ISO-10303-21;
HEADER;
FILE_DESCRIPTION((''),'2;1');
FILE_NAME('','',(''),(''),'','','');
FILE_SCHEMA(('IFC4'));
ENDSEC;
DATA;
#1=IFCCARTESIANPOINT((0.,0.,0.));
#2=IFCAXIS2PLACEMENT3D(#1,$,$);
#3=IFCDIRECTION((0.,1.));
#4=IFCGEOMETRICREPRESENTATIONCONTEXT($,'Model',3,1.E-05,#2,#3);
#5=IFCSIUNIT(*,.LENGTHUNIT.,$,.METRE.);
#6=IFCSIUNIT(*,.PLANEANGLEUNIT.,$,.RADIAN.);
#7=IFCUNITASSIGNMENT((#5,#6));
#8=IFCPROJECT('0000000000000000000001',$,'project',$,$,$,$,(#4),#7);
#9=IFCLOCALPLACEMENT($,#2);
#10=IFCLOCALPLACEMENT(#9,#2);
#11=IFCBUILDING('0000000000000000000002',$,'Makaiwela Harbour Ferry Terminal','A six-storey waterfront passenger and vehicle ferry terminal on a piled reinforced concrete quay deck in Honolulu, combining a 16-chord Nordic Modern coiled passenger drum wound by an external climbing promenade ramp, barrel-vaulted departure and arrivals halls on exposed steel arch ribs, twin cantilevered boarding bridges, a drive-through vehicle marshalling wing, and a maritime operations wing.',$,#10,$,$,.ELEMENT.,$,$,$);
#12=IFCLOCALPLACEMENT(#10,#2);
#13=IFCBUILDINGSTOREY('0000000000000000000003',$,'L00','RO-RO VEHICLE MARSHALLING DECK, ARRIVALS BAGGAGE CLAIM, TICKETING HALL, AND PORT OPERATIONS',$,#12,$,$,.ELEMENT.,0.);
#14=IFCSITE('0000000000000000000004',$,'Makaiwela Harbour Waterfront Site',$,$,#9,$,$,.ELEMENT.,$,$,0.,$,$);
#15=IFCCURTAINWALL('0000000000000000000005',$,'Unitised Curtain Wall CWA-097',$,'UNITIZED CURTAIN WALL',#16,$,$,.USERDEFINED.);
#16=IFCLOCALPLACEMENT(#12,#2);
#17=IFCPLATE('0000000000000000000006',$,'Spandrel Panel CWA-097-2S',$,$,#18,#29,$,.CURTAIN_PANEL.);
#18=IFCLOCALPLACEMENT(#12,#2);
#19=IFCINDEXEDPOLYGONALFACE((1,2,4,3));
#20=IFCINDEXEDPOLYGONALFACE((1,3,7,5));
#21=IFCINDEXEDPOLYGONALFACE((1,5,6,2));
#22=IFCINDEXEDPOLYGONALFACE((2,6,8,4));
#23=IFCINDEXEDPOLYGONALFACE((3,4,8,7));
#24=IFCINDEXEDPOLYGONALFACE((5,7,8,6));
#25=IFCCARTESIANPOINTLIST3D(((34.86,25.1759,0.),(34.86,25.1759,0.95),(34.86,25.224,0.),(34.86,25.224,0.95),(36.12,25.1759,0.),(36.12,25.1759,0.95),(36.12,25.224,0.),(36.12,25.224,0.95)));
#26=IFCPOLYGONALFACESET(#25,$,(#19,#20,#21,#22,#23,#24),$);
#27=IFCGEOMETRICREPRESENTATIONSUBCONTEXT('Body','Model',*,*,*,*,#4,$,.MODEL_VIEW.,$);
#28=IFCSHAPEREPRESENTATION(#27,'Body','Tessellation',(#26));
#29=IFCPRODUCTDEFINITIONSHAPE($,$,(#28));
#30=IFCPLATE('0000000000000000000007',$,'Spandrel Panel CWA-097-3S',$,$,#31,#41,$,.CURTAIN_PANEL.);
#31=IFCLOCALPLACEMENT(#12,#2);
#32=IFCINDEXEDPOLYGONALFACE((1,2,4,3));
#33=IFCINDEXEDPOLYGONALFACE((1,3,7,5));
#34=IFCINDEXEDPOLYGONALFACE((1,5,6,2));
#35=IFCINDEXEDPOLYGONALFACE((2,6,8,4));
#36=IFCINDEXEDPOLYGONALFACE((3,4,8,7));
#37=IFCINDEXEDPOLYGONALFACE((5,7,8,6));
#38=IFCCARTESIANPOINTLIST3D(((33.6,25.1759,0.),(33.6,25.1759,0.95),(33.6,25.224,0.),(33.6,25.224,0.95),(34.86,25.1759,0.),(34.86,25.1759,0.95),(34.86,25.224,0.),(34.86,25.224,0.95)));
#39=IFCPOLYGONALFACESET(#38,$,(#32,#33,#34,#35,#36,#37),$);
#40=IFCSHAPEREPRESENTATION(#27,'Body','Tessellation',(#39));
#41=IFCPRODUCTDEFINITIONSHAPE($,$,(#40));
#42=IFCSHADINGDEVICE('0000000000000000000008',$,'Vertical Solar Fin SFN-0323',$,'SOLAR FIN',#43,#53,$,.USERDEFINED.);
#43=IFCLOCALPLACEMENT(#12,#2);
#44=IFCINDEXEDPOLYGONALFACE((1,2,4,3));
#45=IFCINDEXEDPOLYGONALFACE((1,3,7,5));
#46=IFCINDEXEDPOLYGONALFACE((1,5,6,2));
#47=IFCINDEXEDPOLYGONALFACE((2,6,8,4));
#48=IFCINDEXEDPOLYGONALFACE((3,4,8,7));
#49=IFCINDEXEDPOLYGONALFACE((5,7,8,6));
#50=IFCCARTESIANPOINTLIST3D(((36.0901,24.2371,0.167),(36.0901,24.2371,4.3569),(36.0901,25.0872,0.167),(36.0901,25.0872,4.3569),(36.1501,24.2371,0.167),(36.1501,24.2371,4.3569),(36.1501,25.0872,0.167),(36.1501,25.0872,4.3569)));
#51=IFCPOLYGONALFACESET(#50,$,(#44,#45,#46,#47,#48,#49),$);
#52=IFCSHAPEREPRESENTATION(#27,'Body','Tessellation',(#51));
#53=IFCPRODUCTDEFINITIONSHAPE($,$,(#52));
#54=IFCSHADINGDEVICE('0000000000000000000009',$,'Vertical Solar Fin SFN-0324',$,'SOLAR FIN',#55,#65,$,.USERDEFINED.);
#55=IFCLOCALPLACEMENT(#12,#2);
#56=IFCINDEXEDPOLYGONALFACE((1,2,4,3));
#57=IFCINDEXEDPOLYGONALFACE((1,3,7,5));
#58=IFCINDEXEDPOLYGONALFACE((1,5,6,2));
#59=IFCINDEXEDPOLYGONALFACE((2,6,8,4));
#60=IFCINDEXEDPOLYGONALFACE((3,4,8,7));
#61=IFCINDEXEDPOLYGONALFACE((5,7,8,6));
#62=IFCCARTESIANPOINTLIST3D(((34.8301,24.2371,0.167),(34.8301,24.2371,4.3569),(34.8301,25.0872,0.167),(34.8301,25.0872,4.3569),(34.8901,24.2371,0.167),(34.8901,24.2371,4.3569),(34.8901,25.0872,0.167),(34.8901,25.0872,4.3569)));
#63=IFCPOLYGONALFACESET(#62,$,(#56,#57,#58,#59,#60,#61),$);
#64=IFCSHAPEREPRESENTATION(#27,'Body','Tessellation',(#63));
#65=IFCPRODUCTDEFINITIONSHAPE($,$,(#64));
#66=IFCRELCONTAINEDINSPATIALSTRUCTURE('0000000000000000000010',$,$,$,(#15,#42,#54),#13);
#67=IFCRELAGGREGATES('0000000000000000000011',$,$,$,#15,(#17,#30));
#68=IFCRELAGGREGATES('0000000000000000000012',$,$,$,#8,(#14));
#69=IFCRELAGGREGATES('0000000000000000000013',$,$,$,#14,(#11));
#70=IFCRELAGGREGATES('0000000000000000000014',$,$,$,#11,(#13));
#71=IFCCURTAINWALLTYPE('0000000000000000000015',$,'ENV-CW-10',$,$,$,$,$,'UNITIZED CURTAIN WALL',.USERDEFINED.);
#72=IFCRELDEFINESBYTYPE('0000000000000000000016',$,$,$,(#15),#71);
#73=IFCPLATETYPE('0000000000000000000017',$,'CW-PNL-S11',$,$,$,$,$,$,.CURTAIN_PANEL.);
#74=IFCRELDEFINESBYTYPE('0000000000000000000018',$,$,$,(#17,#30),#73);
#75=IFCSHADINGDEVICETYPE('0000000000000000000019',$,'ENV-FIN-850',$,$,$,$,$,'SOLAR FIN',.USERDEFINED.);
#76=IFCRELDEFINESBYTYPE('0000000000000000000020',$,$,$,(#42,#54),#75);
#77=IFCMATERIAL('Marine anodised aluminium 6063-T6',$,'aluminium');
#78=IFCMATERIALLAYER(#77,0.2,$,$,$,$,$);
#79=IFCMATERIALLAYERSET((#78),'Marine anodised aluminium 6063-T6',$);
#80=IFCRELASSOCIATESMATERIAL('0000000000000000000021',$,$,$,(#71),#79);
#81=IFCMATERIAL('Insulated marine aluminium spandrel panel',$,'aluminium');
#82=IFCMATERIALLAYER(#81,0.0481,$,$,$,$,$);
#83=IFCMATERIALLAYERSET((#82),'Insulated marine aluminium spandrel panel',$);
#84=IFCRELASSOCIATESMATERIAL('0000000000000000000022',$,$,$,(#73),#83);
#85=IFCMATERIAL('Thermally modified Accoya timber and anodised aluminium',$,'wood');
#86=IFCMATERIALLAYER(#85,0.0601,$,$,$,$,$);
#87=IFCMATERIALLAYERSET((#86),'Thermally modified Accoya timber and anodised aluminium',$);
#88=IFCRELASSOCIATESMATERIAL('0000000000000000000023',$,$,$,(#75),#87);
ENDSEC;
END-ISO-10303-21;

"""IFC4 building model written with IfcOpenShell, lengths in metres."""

from ifc_helpers import new_model, si_unit, direction, frame, origin, origin_2d, place, context, subcontext, project, spatial, rectangle, extrude, material, layer, layer_set, type_object, element, aggregate, save


model = new_model("IFC4")

# Units and contexts
model_context = context("Model", 3, precision=1e-05, world=origin(), true_north=direction((0.0, 1.0)))
body_context = subcontext(model_context, "Body", "Model", "MODEL_VIEW")
ifc_project = project(units=[si_unit("LENGTHUNIT", "METRE"), si_unit("PLANEANGLEUNIT", "RADIAN")], contexts=[model_context])

# Site, building, storey
site_placement = place(None, origin())
site = spatial("IfcSite", under=ifc_project, at=site_placement, Name="Makaiwela Harbour Waterfront Site", CompositionType="ELEMENT", RefElevation=0.0)
building_placement = place(site_placement, origin())
building = spatial("IfcBuilding", under=site, at=building_placement, Name="Makaiwela Harbour Ferry Terminal", Description="A six-storey waterfront passenger and vehicle ferry terminal on a piled reinforced concrete quay deck in Honolulu, combining a 16-chord Nordic Modern coiled passenger drum wound by an external climbing promenade ramp, barrel-vaulted departure and arrivals halls on exposed steel arch ribs, twin cantilevered boarding bridges, a drive-through vehicle marshalling wing, and a maritime operations wing.", CompositionType="ELEMENT")
storey_placement = place(building_placement, origin())
storey = spatial("IfcBuildingStorey", under=building, at=storey_placement, Name="L00", Description="RO-RO VEHICLE MARSHALLING DECK, ARRIVALS BAGGAGE CLAIM, TICKETING HALL, AND PORT OPERATIONS", CompositionType="ELEMENT", Elevation=0.0)

# Curtain wall, plates
ifc_material_1 = material(Name="Marine anodised aluminium 6063-T6", Category="aluminium")
ifc_layer_1 = layer(ifc_material_1, 0.2)
ifc_layer_set_1 = layer_set([ifc_layer_1], Name="Marine anodised aluminium 6063-T6")
curtain_wall_type = type_object("IfcCurtainWallType", Name="ENV-CW-10", ElementType="UNITIZED CURTAIN WALL", PredefinedType="USERDEFINED", material=ifc_layer_set_1)
curtain_wall_placement = place(storey_placement, origin())
curtain_wall = element("IfcCurtainWall", 1, at=curtain_wall_placement, inside=storey, type_object=curtain_wall_type, Name="Unitised Curtain Wall CWA-097", ObjectType="UNITIZED CURTAIN WALL", PredefinedType="USERDEFINED")
ifc_material_2 = material(Name="Insulated marine aluminium spandrel panel", Category="aluminium")
ifc_layer_2 = layer(ifc_material_2, 0.0481)
ifc_layer_set_2 = layer_set([ifc_layer_2], Name="Insulated marine aluminium spandrel panel")
plate_type_1 = type_object("IfcPlateType", Name="CW-PNL-S11", PredefinedType="CURTAIN_PANEL", material=ifc_layer_set_2)
plate_1_placement = place(storey_placement, frame((35.49, 25.2, 0.0), z_axis=(0.0, 0.0, 1.0), x_axis=(-1.0, 0.0, 0.0)))
plate_1 = element("IfcPlate", 2, at=plate_1_placement, type_object=plate_type_1, Name="Spandrel Panel CWA-097-2S", PredefinedType="CURTAIN_PANEL", context=body_context, shape_type="SweptSolid", body=[
    extrude(rectangle(XDim=1.26, YDim=0.0481, at=origin_2d()), origin(), (0.0, 0.0, 1.0), 0.95),
])
plate_2_placement = place(storey_placement, frame((34.23, 25.2, 0.0), z_axis=(0.0, 0.0, 1.0), x_axis=(-1.0, 0.0, 0.0)))
plate_2 = element("IfcPlate", 3, at=plate_2_placement, type_object=plate_type_1, Name="Spandrel Panel CWA-097-3S", PredefinedType="CURTAIN_PANEL", context=body_context, shape_type="SweptSolid", body=[
    extrude(rectangle(XDim=1.26, YDim=0.0481, at=origin_2d()), origin(), (0.0, 0.0, 1.0), 0.95),
])
aggregate(curtain_wall, [plate_1, plate_2])

# Shading devices
ifc_material_3 = material(Name="Thermally modified Accoya timber and anodised aluminium", Category="wood")
ifc_layer_3 = layer(ifc_material_3, 0.0601)
ifc_layer_set_3 = layer_set([ifc_layer_3], Name="Thermally modified Accoya timber and anodised aluminium")
shading_device_type = type_object("IfcShadingDeviceType", Name="ENV-FIN-850", ElementType="SOLAR FIN", PredefinedType="USERDEFINED", material=ifc_layer_set_3)
for number, where, z_axis, x_axis, name in (
    (4, (36.1201, 24.6621, 0.167), (0.0, 0.0, 1.0), (0.0, -1.0, 0.0), "Vertical Solar Fin SFN-0323"),
    (5, (34.8601, 24.6621, 0.167), (0.0, 0.0, 1.0), (0.0, -1.0, 0.0), "Vertical Solar Fin SFN-0324"),
):
    element("IfcShadingDevice", number, at=place(storey_placement, frame(where, z_axis=z_axis, x_axis=x_axis)), inside=storey, type_object=shading_device_type, Name=name, ObjectType="SOLAR FIN", PredefinedType="USERDEFINED", context=body_context, shape_type="SweptSolid", body=[
        extrude(rectangle(XDim=0.8501, YDim=0.0601, at=origin_2d()), origin(), (0.0, 0.0, 1.0), 4.1899),
    ])

save(model, "model.ifc")
